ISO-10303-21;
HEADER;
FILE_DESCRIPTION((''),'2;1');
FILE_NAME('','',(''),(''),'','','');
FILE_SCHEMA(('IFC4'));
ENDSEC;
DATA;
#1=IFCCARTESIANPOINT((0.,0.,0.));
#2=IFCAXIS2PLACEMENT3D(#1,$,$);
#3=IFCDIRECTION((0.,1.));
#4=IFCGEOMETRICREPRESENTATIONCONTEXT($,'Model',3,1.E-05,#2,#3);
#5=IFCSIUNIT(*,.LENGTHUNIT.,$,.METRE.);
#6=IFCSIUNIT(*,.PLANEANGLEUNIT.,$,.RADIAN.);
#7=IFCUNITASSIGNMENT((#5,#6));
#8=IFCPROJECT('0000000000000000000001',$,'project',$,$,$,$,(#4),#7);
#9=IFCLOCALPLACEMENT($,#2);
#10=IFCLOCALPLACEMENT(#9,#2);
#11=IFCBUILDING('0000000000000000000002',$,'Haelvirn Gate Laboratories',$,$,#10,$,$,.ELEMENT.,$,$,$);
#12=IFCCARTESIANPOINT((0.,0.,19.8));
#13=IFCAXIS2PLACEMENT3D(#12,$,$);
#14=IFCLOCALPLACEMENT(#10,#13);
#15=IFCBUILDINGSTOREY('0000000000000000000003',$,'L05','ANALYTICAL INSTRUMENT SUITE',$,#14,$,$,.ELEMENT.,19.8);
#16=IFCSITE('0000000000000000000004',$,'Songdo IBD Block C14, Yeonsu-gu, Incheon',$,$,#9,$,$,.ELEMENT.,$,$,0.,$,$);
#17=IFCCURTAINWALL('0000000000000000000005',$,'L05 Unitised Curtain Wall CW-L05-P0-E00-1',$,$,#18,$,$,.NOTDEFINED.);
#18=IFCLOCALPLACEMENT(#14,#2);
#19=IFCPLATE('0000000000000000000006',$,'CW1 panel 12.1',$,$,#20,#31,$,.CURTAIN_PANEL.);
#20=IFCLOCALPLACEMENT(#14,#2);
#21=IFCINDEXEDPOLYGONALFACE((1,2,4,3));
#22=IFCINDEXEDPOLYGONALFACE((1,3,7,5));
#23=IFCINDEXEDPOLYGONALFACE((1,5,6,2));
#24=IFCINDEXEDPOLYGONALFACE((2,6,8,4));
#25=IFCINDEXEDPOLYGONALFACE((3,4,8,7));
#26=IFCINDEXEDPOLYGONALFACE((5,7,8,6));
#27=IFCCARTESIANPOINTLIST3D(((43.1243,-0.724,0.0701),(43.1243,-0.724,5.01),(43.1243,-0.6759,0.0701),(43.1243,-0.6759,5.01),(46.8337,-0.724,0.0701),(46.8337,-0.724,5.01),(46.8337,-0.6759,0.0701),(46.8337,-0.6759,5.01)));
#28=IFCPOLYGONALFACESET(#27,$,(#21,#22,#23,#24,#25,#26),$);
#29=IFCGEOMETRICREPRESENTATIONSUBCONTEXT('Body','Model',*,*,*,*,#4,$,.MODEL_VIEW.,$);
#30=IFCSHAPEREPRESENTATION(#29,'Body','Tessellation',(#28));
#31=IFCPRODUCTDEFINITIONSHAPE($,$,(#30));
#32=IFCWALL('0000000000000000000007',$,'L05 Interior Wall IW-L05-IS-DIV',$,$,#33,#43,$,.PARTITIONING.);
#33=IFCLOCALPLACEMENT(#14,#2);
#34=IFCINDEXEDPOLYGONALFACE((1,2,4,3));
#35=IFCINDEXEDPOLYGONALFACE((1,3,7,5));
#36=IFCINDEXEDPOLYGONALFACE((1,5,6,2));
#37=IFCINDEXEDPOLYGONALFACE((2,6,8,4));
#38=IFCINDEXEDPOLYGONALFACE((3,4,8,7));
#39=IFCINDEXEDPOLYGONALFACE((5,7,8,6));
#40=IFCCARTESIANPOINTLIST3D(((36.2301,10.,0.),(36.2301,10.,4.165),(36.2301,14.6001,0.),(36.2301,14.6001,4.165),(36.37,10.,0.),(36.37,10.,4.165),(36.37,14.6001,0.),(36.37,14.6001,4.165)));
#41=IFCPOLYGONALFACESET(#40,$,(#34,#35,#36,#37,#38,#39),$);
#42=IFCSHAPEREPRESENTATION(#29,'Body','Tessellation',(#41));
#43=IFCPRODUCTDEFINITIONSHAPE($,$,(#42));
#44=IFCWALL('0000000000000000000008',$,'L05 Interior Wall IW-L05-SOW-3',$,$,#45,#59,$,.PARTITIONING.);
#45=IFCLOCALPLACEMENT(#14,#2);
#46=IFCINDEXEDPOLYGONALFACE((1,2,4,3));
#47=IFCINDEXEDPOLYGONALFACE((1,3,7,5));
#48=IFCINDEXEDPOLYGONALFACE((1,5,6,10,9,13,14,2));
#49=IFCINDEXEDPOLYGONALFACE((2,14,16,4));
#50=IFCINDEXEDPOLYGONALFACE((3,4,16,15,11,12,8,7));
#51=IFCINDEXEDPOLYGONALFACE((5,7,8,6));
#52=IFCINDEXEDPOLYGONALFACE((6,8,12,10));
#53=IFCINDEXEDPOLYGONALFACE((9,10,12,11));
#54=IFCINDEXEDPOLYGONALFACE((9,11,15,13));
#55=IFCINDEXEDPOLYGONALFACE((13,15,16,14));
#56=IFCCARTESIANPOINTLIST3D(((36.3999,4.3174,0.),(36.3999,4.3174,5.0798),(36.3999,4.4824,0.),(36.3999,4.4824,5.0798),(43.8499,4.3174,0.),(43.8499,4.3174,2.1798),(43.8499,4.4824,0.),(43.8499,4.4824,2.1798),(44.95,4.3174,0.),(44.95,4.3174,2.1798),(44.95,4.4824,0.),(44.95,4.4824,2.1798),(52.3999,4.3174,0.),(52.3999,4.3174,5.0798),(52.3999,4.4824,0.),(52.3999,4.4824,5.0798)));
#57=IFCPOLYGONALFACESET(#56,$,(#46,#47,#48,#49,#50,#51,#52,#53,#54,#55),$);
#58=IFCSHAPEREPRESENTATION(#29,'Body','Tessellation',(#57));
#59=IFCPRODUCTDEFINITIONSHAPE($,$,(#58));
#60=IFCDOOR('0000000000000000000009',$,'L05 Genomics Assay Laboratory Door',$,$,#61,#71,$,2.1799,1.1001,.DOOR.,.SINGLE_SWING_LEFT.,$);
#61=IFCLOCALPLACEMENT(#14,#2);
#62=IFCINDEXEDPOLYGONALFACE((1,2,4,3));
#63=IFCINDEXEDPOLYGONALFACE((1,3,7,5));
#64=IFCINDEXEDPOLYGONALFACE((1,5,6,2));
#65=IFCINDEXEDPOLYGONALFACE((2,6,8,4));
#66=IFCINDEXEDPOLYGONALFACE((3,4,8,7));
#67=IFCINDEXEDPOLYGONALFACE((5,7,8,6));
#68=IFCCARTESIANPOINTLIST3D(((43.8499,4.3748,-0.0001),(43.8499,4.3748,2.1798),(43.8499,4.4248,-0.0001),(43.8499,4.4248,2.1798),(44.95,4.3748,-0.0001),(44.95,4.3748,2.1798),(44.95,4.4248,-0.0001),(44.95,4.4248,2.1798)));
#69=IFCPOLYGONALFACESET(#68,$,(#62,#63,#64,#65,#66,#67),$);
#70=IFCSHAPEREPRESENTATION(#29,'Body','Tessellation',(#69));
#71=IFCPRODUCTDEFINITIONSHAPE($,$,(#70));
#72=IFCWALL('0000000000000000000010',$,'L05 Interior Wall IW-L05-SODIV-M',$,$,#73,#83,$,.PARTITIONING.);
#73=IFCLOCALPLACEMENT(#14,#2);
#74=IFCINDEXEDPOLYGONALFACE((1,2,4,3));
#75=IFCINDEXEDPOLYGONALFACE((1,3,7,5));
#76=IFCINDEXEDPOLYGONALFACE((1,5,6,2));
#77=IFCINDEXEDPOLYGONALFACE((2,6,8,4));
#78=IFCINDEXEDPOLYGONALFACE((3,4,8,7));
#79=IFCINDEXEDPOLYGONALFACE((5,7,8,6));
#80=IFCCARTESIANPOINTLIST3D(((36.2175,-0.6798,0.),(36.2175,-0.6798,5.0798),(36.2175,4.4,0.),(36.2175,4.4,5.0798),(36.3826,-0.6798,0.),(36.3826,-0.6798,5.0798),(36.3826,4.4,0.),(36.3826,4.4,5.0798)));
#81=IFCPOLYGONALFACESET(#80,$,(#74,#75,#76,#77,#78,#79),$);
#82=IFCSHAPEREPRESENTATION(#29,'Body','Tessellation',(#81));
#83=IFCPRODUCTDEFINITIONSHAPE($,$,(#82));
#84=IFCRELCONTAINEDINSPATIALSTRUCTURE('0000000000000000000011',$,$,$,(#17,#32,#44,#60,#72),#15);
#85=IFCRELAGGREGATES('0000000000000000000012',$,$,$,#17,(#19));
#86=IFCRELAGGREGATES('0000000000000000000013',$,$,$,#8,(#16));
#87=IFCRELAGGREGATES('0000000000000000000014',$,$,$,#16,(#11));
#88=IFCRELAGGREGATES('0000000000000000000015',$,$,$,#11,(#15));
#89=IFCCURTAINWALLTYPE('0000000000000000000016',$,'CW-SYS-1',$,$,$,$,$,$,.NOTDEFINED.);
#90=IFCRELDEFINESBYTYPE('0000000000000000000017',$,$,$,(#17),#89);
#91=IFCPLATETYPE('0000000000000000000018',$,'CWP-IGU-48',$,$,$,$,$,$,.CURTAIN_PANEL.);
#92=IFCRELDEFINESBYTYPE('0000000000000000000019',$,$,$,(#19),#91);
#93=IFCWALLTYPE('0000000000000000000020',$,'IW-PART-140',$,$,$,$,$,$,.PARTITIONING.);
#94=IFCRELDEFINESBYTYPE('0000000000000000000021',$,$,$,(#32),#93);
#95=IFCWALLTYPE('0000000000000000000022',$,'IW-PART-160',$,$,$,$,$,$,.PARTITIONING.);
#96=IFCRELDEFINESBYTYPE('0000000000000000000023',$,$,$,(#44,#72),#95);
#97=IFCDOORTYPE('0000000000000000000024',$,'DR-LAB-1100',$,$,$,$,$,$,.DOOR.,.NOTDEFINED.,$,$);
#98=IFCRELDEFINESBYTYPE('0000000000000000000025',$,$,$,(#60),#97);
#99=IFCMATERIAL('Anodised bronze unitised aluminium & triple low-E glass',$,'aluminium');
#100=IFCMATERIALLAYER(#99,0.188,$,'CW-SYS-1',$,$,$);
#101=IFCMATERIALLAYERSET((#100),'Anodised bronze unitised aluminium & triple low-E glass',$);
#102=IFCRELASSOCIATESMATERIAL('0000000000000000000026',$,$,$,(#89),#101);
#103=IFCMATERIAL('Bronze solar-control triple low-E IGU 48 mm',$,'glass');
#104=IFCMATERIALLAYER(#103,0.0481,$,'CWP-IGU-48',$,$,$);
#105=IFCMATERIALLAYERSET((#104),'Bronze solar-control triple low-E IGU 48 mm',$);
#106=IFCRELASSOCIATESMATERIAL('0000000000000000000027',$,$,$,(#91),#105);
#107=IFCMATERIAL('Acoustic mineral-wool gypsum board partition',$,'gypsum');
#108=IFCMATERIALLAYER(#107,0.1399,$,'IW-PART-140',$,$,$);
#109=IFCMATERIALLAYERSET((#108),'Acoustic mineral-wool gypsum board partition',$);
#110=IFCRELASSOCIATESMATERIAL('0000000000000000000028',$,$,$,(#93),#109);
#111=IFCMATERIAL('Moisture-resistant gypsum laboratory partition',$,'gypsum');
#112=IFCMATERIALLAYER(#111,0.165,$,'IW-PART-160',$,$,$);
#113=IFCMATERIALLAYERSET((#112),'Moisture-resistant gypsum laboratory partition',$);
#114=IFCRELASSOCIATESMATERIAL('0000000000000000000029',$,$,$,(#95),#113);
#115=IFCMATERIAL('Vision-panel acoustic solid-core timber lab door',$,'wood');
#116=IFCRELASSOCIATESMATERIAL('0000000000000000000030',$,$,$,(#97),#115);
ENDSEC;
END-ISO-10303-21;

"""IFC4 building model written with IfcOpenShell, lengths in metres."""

from ifc_helpers import new_model, si_unit, direction, frame, frame_2d, origin, origin_2d, place, context, subcontext, project, spatial, rectangle, extrude, source, transform, mapped, material, layer, layer_set, type_object, type_shapes, element, fill, aggregate, save


model = new_model("IFC4")

# Units and contexts
model_context = context("Model", 3, precision=1e-05, world=origin(), true_north=direction((0.0, 1.0)))
body_context = subcontext(model_context, "Body", "Model", "MODEL_VIEW")
ifc_project = project(units=[si_unit("LENGTHUNIT", "METRE"), si_unit("PLANEANGLEUNIT", "RADIAN")], contexts=[model_context])

# Site, building, storey
site_placement = place(None, origin())
site = spatial("IfcSite", under=ifc_project, at=site_placement, Name="Songdo IBD Block C14, Yeonsu-gu, Incheon", CompositionType="ELEMENT", RefElevation=0.0)
building_placement = place(site_placement, origin())
building = spatial("IfcBuilding", under=site, at=building_placement, Name="Haelvirn Gate Laboratories", CompositionType="ELEMENT")
storey_placement = place(building_placement, frame((0.0, 0.0, 19.8)))
storey = spatial("IfcBuildingStorey", under=building, at=storey_placement, Name="L05", Description="ANALYTICAL INSTRUMENT SUITE", CompositionType="ELEMENT", Elevation=19.8)

# Curtain wall
ifc_material_1 = material(Name="Anodised bronze unitised aluminium & triple low-E glass", Category="aluminium")
ifc_layer_1 = layer(ifc_material_1, 0.188, Name="CW-SYS-1")
ifc_layer_set_1 = layer_set([ifc_layer_1], Name="Anodised bronze unitised aluminium & triple low-E glass")
curtain_wall_type = type_object("IfcCurtainWallType", Name="CW-SYS-1", PredefinedType="NOTDEFINED", material=ifc_layer_set_1)
curtain_wall_placement = place(storey_placement, origin())
curtain_wall = element("IfcCurtainWall", 1, at=curtain_wall_placement, inside=storey, type_object=curtain_wall_type, Name="L05 Unitised Curtain Wall CW-L05-P0-E00-1", PredefinedType="NOTDEFINED")

# Plate
ifc_material_2 = material(Name="Bronze solar-control triple low-E IGU 48 mm", Category="glass")
ifc_layer_2 = layer(ifc_material_2, 0.0481, Name="CWP-IGU-48")
ifc_layer_set_2 = layer_set([ifc_layer_2], Name="Bronze solar-control triple low-E IGU 48 mm")
plate_type_1 = type_object("IfcPlateType", Name="CWP-IGU-48", PredefinedType="CURTAIN_PANEL", material=ifc_layer_set_2)
shared_shape_1 = source(origin(), body_context, "Body", "SweptSolid", [
    extrude(rectangle(XDim=3.7095, YDim=0.0481, at=origin_2d()), origin(), (0.0, 0.0, 1.0), 4.9399),
])
type_shapes(plate_type_1, [shared_shape_1])
plate_1_placement = place(storey_placement, frame((44.979, -0.7, 0.0701), z_axis=(0.0, 0.0, 1.0), x_axis=(1.0, 0.0, 0.0)))
plate_1 = element("IfcPlate", 2, at=plate_1_placement, type_object=plate_type_1, Name="CW1 panel 12.1", PredefinedType="CURTAIN_PANEL", context=body_context, shape_type="MappedRepresentation", body=[
    mapped(shared_shape_1, transform((0.0, 0.0, 0.0), scale=1.0)),
])
aggregate(curtain_wall, [plate_1])

# Wall
ifc_material_3 = material(Name="Acoustic mineral-wool gypsum board partition", Category="gypsum")
ifc_layer_3 = layer(ifc_material_3, 0.1399, Name="IW-PART-140")
ifc_layer_set_3 = layer_set([ifc_layer_3], Name="Acoustic mineral-wool gypsum board partition")
wall_type_1 = type_object("IfcWallType", Name="IW-PART-140", PredefinedType="PARTITIONING", material=ifc_layer_set_3)
wall_1_placement = place(storey_placement, frame((36.3, 10.0, 0.0), z_axis=(0.0, 0.0, 1.0), x_axis=(0.0, 1.0, 0.0)))
element("IfcWall", 3, at=wall_1_placement, inside=storey, type_object=wall_type_1, Name="L05 Interior Wall IW-L05-IS-DIV", PredefinedType="PARTITIONING", context=body_context, shape_type="SweptSolid", body=[
    extrude(rectangle(XDim=4.6001, YDim=0.1399, at=frame_2d((2.3, 0.0))), origin(), (0.0, 0.0, 1.0), 4.165),
])

# Wall, opening, door
ifc_material_4 = material(Name="Moisture-resistant gypsum laboratory partition", Category="gypsum")
ifc_layer_4 = layer(ifc_material_4, 0.165, Name="IW-PART-160")
ifc_layer_set_4 = layer_set([ifc_layer_4], Name="Moisture-resistant gypsum laboratory partition")
wall_type_2 = type_object("IfcWallType", Name="IW-PART-160", PredefinedType="PARTITIONING", material=ifc_layer_set_4)
wall_2_placement = place(storey_placement, frame((36.3999, 4.3999, 0.0), z_axis=(0.0, 0.0, 1.0), x_axis=(1.0, 0.0, 0.0)))
wall_2 = element("IfcWall", 4, at=wall_2_placement, inside=storey, type_object=wall_type_2, Name="L05 Interior Wall IW-L05-SOW-3", PredefinedType="PARTITIONING", context=body_context, shape_type="SweptSolid", body=[
    extrude(rectangle(XDim=16.0, YDim=0.165, at=frame_2d((8.0, 0.0))), origin(), (0.0, 0.0, 1.0), 5.0798),
])
opening_placement = place(wall_2_placement, frame((7.45, 0.0, 0.0)))
opening = element("IfcOpeningElement", 5, at=opening_placement, cuts=wall_2, PredefinedType="OPENING", context=body_context, shape_type="SweptSolid", body=[
    extrude(rectangle(XDim=1.1001, YDim=2.1799, at=frame_2d((0.55, 1.0898))), frame((0.0, 0.0925, 0.0), z_axis=(0.0, -1.0, 0.0), x_axis=(1.0, 0.0, 0.0)), (0.0, 0.0, 1.0), 0.1851),
])
ifc_material_5 = material(Name="Vision-panel acoustic solid-core timber lab door", Category="wood")
door_type = type_object("IfcDoorType", Name="DR-LAB-1100", OperationType="NOTDEFINED", PredefinedType="DOOR", material=ifc_material_5)
shared_shape_2 = source(origin(), body_context, "Body", "SweptSolid", [
    extrude(rectangle(XDim=1.1001, YDim=2.1799, at=frame_2d((0.55, 1.0898))), frame((0.0, 0.0249, 0.0), z_axis=(0.0, -1.0, 0.0), x_axis=(1.0, 0.0, 0.0)), (0.0, 0.0, 1.0), 0.05),
])
type_shapes(door_type, [shared_shape_2])
door_placement = place(opening_placement, origin())
door = element("IfcDoor", 6, at=door_placement, inside=storey, type_object=door_type, Name="L05 Genomics Assay Laboratory Door", OperationType="SINGLE_SWING_LEFT", OverallHeight=2.1799, OverallWidth=1.1001, PredefinedType="DOOR", context=body_context, shape_type="MappedRepresentation", body=[
    mapped(shared_shape_2, transform((0.0, 0.0, 0.0), scale=1.0)),
])
fill(opening, door)

# Wall
wall_3_placement = place(storey_placement, frame((36.3, -0.6799, 0.0), z_axis=(0.0, 0.0, 1.0), x_axis=(0.0, 1.0, 0.0)))
element("IfcWall", 7, at=wall_3_placement, inside=storey, type_object=wall_type_2, Name="L05 Interior Wall IW-L05-SODIV-M", PredefinedType="PARTITIONING", context=body_context, shape_type="SweptSolid", body=[
    extrude(rectangle(XDim=5.0798, YDim=0.165, at=frame_2d((2.54, 0.0))), origin(), (0.0, 0.0, 1.0), 5.0798),
])

save(model, "model.ifc")
